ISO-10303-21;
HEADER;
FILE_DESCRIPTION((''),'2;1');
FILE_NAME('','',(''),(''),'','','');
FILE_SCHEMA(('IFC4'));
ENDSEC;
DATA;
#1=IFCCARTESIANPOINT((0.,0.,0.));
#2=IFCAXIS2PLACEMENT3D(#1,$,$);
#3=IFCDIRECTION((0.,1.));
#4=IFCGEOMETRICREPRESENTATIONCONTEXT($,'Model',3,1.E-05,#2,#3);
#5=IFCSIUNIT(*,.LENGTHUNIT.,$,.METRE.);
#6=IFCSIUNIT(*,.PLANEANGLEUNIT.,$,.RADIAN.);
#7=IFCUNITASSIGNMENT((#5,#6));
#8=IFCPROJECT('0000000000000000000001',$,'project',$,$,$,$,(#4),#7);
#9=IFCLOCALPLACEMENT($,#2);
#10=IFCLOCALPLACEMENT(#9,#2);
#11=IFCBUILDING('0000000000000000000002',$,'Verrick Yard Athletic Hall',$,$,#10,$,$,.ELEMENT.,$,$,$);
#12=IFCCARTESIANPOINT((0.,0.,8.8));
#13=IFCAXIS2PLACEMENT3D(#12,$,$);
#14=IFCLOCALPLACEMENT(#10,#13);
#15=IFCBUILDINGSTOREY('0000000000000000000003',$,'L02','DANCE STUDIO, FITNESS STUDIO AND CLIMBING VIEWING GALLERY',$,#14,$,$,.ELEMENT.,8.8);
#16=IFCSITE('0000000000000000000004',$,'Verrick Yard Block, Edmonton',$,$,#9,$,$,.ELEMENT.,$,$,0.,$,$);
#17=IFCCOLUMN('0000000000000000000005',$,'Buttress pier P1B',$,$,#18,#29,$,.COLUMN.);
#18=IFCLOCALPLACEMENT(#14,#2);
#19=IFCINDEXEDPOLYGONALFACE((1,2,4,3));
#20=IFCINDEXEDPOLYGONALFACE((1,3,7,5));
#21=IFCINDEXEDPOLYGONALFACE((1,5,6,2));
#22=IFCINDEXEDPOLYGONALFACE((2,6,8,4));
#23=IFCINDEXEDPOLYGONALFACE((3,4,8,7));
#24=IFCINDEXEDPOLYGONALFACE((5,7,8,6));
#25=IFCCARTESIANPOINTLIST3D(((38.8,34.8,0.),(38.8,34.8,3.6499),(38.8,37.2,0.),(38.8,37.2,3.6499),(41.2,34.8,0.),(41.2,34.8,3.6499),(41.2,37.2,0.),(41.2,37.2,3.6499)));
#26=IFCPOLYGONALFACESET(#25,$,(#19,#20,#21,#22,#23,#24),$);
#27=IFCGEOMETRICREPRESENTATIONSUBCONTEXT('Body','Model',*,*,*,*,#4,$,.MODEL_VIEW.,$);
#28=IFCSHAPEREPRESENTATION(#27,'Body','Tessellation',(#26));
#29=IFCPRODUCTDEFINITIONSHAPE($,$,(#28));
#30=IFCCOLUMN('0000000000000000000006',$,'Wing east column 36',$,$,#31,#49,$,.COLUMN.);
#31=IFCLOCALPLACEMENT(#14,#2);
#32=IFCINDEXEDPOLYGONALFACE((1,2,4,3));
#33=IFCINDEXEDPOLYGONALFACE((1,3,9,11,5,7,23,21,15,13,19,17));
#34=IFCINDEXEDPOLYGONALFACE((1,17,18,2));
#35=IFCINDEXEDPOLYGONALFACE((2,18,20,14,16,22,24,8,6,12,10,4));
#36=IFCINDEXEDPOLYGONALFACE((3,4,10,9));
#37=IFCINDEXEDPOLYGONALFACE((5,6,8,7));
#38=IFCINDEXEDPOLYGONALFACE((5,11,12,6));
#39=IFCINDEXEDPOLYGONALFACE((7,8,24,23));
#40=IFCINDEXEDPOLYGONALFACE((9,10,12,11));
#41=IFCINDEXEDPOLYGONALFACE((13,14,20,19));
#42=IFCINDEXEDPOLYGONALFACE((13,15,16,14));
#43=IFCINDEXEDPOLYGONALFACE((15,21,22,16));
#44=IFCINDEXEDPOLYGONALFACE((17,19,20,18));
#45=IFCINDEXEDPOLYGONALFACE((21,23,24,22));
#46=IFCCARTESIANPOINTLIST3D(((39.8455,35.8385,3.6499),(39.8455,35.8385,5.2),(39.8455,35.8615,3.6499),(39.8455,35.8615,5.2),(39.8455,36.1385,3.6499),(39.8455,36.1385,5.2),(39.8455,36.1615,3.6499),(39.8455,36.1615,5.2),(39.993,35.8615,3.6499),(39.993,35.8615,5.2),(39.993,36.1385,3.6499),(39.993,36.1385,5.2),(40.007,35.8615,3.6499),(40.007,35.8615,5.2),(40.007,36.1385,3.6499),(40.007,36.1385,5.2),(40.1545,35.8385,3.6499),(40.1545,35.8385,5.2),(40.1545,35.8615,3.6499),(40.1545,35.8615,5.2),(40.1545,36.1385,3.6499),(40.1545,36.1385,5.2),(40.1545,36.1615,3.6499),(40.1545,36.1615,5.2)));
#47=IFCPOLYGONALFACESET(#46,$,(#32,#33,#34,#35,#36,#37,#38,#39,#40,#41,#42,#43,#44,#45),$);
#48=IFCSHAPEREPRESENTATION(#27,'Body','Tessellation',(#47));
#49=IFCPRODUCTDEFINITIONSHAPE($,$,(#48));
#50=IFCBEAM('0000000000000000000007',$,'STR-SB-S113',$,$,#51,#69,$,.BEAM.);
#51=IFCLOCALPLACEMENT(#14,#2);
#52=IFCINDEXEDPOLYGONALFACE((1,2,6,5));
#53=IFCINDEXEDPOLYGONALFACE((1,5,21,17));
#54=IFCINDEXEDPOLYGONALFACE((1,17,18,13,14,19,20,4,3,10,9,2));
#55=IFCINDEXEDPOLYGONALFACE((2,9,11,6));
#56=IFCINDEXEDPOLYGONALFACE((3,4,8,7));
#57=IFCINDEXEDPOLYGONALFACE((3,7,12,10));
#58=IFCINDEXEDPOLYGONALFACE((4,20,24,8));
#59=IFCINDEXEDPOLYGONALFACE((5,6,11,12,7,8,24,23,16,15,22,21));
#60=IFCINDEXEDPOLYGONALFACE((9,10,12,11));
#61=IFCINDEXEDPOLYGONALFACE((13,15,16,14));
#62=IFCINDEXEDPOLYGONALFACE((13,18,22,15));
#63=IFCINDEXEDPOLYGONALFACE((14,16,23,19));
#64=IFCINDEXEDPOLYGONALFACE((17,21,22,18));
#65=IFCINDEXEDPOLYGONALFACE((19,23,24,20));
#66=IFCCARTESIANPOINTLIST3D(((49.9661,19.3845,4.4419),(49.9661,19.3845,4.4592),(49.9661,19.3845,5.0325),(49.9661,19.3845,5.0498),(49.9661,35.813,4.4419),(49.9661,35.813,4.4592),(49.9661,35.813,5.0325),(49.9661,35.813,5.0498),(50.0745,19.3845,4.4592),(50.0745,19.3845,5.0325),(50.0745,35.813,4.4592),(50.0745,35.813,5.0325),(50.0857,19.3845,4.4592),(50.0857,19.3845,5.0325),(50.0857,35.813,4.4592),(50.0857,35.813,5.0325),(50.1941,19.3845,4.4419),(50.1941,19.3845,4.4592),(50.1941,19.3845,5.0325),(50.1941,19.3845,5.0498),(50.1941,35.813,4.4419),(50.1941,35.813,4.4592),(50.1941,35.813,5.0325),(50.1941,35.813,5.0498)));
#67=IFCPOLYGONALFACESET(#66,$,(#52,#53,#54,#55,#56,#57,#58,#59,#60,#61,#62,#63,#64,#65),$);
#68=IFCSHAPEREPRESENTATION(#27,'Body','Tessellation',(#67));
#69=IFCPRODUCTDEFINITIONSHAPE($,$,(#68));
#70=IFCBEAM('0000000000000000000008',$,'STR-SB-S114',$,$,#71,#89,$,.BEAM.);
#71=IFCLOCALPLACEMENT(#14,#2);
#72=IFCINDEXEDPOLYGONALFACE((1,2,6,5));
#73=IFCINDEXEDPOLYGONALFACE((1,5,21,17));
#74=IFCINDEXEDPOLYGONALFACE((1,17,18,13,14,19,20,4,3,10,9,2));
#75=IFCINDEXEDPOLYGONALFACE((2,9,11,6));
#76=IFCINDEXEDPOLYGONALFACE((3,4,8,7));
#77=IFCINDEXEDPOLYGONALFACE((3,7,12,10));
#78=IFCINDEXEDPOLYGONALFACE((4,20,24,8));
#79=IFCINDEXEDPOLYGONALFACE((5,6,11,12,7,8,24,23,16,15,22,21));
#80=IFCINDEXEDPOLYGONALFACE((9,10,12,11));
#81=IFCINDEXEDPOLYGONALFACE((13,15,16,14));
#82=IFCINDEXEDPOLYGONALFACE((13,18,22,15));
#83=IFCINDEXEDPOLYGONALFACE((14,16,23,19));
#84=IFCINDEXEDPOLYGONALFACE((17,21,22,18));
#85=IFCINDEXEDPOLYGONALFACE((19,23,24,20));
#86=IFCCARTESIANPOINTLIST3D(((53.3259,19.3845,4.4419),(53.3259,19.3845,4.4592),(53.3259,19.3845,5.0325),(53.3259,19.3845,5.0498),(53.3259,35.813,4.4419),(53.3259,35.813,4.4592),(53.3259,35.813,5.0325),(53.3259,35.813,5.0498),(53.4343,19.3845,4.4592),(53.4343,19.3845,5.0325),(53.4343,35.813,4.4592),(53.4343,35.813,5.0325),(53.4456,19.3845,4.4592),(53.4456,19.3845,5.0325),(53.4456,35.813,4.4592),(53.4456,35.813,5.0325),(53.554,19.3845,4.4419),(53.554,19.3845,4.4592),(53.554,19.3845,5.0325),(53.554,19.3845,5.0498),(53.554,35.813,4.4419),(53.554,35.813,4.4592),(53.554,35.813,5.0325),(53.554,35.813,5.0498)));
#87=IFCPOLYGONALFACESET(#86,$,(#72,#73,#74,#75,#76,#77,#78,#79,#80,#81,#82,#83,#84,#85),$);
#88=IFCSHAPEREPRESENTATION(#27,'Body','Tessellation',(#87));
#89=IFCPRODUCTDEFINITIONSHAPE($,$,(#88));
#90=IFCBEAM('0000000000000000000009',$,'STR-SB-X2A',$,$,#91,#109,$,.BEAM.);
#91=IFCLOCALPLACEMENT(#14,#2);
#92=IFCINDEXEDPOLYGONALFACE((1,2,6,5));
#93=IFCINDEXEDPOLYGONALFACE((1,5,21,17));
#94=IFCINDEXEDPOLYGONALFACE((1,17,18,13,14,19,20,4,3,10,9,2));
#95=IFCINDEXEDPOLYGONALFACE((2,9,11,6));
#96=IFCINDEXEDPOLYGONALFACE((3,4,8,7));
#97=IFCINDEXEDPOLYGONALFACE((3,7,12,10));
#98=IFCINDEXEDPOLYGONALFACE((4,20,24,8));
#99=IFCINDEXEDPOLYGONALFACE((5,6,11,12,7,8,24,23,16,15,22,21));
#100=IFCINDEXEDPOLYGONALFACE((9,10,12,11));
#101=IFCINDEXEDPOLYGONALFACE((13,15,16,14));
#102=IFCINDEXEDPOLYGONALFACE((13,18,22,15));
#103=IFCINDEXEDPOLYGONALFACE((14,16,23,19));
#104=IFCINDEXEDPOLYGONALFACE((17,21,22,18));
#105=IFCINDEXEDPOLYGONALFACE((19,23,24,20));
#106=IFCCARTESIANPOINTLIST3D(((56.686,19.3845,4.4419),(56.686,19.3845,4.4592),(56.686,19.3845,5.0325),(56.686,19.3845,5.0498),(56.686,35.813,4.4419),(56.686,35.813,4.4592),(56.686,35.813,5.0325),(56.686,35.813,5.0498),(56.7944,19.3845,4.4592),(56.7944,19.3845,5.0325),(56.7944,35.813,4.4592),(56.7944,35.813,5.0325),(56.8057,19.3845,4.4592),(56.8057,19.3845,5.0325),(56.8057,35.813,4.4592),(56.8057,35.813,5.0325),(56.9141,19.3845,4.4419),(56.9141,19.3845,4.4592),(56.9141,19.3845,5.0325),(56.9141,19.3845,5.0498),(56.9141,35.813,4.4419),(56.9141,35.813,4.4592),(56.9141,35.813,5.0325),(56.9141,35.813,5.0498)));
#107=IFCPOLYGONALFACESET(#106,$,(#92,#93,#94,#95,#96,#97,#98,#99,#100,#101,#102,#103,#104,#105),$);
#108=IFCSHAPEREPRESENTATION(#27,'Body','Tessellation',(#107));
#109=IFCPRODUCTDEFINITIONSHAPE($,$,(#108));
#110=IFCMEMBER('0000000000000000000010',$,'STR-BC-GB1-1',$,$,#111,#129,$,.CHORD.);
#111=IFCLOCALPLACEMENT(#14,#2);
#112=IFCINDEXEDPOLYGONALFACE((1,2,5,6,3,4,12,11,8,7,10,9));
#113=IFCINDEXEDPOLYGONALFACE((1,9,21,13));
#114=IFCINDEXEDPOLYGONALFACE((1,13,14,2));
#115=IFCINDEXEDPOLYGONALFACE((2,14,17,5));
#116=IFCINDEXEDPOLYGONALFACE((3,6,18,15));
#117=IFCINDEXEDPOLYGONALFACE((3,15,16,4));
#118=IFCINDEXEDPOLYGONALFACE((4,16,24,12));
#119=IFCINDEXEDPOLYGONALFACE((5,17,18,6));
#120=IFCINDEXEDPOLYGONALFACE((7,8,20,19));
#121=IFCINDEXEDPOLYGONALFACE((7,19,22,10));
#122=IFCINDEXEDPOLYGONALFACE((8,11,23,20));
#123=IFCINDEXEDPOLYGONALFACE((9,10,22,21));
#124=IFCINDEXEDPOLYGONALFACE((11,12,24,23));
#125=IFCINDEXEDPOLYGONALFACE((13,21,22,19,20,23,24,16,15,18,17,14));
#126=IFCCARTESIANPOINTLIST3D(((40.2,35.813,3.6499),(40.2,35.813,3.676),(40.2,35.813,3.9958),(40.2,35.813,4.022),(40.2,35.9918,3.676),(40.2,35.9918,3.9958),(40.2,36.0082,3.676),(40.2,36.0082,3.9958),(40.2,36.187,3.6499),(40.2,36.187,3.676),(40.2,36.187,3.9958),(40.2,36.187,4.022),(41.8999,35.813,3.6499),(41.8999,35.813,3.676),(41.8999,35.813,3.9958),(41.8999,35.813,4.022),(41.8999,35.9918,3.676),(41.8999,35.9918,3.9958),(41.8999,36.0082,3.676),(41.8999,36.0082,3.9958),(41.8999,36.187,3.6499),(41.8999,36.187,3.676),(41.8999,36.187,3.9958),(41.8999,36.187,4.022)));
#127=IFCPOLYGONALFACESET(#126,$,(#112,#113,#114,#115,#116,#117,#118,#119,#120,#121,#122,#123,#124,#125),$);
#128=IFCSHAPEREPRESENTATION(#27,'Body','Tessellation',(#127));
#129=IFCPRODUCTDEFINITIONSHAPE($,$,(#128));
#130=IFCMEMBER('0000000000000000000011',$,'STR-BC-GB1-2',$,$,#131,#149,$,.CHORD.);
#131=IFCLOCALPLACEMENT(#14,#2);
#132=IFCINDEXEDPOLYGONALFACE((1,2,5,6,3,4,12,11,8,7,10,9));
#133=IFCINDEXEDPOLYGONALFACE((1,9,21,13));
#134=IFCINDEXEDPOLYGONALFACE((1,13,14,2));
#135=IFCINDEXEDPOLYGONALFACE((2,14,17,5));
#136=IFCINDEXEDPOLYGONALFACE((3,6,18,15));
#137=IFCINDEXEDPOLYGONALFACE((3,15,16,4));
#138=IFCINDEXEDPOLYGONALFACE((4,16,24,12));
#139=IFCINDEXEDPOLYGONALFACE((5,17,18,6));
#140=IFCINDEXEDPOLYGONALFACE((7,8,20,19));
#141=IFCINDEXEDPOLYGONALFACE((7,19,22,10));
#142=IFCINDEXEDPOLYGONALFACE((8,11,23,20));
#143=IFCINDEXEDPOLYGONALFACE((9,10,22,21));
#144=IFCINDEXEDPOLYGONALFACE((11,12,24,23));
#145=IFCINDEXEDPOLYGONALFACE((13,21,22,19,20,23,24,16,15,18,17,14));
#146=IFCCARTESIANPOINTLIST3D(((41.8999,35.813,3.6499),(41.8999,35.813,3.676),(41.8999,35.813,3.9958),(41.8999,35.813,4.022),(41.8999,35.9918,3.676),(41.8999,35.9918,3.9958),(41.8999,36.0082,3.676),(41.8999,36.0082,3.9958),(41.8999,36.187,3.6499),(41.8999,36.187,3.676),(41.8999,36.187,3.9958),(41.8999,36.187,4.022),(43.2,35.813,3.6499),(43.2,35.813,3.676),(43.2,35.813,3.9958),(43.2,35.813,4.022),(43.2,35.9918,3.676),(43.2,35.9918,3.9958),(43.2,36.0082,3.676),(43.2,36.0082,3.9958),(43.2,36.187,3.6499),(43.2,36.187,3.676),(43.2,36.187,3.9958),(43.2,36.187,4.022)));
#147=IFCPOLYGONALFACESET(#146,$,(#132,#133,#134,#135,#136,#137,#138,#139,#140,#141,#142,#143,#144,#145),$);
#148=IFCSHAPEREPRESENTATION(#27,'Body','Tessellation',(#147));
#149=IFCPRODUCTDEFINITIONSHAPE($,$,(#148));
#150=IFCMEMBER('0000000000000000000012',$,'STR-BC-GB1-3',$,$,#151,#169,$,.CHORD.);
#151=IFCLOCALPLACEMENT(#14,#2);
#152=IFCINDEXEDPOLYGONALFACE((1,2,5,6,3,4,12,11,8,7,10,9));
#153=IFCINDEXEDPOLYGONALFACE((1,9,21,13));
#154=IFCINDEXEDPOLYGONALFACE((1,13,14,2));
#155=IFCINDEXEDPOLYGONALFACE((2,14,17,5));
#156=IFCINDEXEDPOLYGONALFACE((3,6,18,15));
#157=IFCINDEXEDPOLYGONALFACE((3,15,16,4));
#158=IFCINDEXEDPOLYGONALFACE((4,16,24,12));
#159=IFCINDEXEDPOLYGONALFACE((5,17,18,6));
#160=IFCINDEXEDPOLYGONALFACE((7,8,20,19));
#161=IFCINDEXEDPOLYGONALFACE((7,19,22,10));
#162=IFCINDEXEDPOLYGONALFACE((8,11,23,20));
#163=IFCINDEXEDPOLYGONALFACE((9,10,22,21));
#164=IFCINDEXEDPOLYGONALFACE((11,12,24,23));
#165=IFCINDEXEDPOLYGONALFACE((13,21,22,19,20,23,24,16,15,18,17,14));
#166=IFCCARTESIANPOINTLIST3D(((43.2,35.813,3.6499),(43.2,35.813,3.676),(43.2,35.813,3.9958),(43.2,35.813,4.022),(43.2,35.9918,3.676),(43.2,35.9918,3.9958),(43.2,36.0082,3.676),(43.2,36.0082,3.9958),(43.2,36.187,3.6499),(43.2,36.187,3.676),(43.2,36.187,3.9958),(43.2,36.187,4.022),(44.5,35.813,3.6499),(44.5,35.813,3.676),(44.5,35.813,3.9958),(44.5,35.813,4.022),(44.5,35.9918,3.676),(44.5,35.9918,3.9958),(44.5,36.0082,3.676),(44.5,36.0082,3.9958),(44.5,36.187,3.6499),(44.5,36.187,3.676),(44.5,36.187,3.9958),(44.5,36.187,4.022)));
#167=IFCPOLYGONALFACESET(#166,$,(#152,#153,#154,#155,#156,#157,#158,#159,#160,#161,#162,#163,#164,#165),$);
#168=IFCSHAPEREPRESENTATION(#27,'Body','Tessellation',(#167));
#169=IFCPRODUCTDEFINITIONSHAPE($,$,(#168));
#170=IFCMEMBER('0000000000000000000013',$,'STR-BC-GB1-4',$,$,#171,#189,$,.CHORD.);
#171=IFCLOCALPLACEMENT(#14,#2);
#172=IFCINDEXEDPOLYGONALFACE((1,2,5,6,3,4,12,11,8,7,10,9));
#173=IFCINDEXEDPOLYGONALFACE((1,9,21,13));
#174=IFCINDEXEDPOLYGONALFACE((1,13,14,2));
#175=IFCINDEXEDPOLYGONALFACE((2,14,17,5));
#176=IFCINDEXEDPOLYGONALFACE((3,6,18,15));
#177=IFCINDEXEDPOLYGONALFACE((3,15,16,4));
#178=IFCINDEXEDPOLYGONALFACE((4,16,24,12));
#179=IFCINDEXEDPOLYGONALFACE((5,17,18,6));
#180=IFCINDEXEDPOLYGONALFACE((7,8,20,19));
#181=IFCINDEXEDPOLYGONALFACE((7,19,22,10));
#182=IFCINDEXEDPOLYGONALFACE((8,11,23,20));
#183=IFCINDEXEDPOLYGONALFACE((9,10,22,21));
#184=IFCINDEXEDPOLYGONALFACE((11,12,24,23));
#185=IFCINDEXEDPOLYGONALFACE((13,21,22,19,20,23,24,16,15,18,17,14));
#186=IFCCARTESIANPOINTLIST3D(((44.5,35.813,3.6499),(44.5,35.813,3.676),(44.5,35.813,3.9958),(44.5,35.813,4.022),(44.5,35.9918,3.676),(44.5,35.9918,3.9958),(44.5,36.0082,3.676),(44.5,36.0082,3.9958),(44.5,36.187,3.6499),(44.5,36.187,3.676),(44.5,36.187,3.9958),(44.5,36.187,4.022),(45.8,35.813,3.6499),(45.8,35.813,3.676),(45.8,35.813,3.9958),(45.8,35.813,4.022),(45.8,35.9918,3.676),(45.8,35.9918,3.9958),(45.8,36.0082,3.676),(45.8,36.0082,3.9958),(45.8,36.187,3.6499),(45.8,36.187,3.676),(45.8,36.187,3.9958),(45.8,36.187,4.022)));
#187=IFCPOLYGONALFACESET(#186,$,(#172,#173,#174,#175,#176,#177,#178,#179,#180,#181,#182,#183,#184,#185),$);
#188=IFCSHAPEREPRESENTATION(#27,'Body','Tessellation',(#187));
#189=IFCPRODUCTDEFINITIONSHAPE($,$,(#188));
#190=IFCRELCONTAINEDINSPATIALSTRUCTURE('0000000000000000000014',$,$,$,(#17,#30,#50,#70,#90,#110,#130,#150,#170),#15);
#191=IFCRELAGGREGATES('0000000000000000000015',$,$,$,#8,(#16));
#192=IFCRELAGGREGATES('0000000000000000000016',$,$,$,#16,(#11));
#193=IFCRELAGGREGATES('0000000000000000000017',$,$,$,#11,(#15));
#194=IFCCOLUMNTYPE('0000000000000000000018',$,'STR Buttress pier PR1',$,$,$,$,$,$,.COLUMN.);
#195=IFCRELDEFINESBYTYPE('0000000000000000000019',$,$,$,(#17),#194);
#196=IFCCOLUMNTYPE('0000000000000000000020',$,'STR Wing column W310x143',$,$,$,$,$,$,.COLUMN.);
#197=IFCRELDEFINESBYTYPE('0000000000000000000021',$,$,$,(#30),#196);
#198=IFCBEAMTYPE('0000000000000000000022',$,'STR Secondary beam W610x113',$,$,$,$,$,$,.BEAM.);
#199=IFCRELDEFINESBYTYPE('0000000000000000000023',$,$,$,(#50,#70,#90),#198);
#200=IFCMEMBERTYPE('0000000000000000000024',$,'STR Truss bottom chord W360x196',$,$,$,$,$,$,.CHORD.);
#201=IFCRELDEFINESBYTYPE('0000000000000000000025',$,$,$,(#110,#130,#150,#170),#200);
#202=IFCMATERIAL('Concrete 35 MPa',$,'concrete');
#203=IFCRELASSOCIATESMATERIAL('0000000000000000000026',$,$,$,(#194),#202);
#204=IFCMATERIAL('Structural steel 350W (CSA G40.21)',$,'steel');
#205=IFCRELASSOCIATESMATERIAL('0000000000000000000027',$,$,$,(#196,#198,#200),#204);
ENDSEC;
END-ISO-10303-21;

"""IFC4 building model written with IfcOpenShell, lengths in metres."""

from ifc_helpers import new_model, si_unit, direction, frame, origin, origin_2d, place, context, subcontext, project, spatial, rectangle, i_section, extrude, material, material_profile, profile_set, type_object, element, save


model = new_model("IFC4")

# Units and contexts
model_context = context("Model", 3, precision=1e-05, world=origin(), true_north=direction((0.0, 1.0)))
body_context = subcontext(model_context, "Body", "Model", "MODEL_VIEW")
ifc_project = project(units=[si_unit("LENGTHUNIT", "METRE"), si_unit("PLANEANGLEUNIT", "RADIAN")], contexts=[model_context])

# Site, building, storey
site_placement = place(None, origin())
site = spatial("IfcSite", under=ifc_project, at=site_placement, Name="Verrick Yard Block, Edmonton", CompositionType="ELEMENT", RefElevation=0.0)
building_placement = place(site_placement, origin())
building = spatial("IfcBuilding", under=site, at=building_placement, Name="Verrick Yard Athletic Hall", CompositionType="ELEMENT")
storey_placement = place(building_placement, frame((0.0, 0.0, 8.8)))
storey = spatial("IfcBuildingStorey", under=building, at=storey_placement, Name="L02", Description="DANCE STUDIO, FITNESS STUDIO AND CLIMBING VIEWING GALLERY", CompositionType="ELEMENT", Elevation=8.8)

# Columns
ifc_material_1 = material(Name="Concrete 35 MPa", Category="concrete")
ifc_material_profile_1 = material_profile(ifc_material_1, rectangle(XDim=2.3999, YDim=2.3999, at=origin_2d()), Name="STR Buttress pier PR1")
ifc_profile_set_1 = profile_set([ifc_material_profile_1], Name="Concrete 35 MPa")
column_type_1 = type_object("IfcColumnType", Name="STR Buttress pier PR1", PredefinedType="COLUMN", material=ifc_profile_set_1)
column_1_placement = place(storey_placement, frame((40.0, 36.0, 0.0), z_axis=(0.0, 0.0, 1.0), x_axis=(1.0, 0.0, 0.0)))
element("IfcColumn", 1, at=column_1_placement, inside=storey, type_object=column_type_1, Name="Buttress pier P1B", PredefinedType="COLUMN", context=body_context, shape_type="SweptSolid", body=[
    extrude(rectangle(XDim=2.3999, YDim=2.3999, at=origin_2d()), origin(), (0.0, 0.0, 1.0), 3.6499),
])
ifc_material_2 = material(Name="Structural steel 350W (CSA G40.21)", Category="steel")
ifc_material_profile_2 = material_profile(ifc_material_2, i_section(OverallWidth=0.3091, OverallDepth=0.323, WebThickness=0.0139, FlangeThickness=0.0229, at=origin_2d()), Name="W310x143")
ifc_profile_set_2 = profile_set([ifc_material_profile_2], Name="Structural steel 350W (CSA G40.21)")
column_type_2 = type_object("IfcColumnType", Name="STR Wing column W310x143", PredefinedType="COLUMN", material=ifc_profile_set_2)
column_2_placement = place(storey_placement, frame((40.0, 36.0, 3.6499), z_axis=(0.0, 0.0, 1.0), x_axis=(1.0, 0.0, 0.0)))
element("IfcColumn", 2, at=column_2_placement, inside=storey, type_object=column_type_2, Name="Wing east column 36", PredefinedType="COLUMN", context=body_context, shape_type="SweptSolid", body=[
    extrude(i_section(OverallWidth=0.3091, OverallDepth=0.323, WebThickness=0.0139, FlangeThickness=0.0229, at=origin_2d()), origin(), (0.0, 0.0, 1.0), 1.55),
])

# Beams
ifc_material_profile_3 = material_profile(ifc_material_2, i_section(OverallWidth=0.228, OverallDepth=0.6079, WebThickness=0.0112, FlangeThickness=0.0173, at=origin_2d()), Name="W610x113")
ifc_profile_set_3 = profile_set([ifc_material_profile_3], Name="Structural steel 350W (CSA G40.21)")
beam_type = type_object("IfcBeamType", Name="STR Secondary beam W610x113", PredefinedType="BEAM", material=ifc_profile_set_3)
for number, where, z_axis, x_axis, name in (
    (3, (50.0801, 19.3845, 4.7458), (0.0, 1.0, 0.0), (-1.0, 0.0, 0.0), "STR-SB-S113"),
    (4, (53.4399, 19.3845, 4.7458), (0.0, 1.0, 0.0), (-1.0, 0.0, 0.0), "STR-SB-S114"),
    (5, (56.8, 19.3845, 4.7458), (0.0, 1.0, 0.0), (-1.0, 0.0, 0.0), "STR-SB-X2A"),
):
    element("IfcBeam", number, at=place(storey_placement, frame(where, z_axis=z_axis, x_axis=x_axis)), inside=storey, type_object=beam_type, Name=name, PredefinedType="BEAM", context=body_context, shape_type="SweptSolid", body=[
        extrude(i_section(OverallWidth=0.228, OverallDepth=0.6079, WebThickness=0.0112, FlangeThickness=0.0173, at=origin_2d()), origin(), (0.0, 0.0, 1.0), 16.4285),
    ])

# Members
ifc_material_profile_4 = material_profile(ifc_material_2, i_section(OverallWidth=0.374, OverallDepth=0.3721, WebThickness=0.0164, FlangeThickness=0.0261, at=origin_2d()), Name="W360x196")
ifc_profile_set_4 = profile_set([ifc_material_profile_4], Name="Structural steel 350W (CSA G40.21)")
member_type_1 = type_object("IfcMemberType", Name="STR Truss bottom chord W360x196", PredefinedType="CHORD", material=ifc_profile_set_4)
member_1_placement = place(storey_placement, frame((40.2, 36.0, 3.8359), z_axis=(1.0, 0.0, 0.0), x_axis=(0.0, 1.0, 0.0)))
element("IfcMember", 6, at=member_1_placement, inside=storey, type_object=member_type_1, Name="STR-BC-GB1-1", PredefinedType="CHORD", context=body_context, shape_type="SweptSolid", body=[
    extrude(i_section(OverallWidth=0.374, OverallDepth=0.3721, WebThickness=0.0164, FlangeThickness=0.0261, at=origin_2d()), origin(), (0.0, 0.0, 1.0), 1.7),
])
for number, where, z_axis, x_axis, name in (
    (7, (41.8999, 36.0, 3.8359), (1.0, 0.0, 0.0), (0.0, 1.0, 0.0), "STR-BC-GB1-2"),
    (8, (43.2, 36.0, 3.8359), (1.0, 0.0, 0.0), (0.0, 1.0, 0.0), "STR-BC-GB1-3"),
    (9, (44.5, 36.0, 3.8359), (1.0, 0.0, 0.0), (0.0, 1.0, 0.0), "STR-BC-GB1-4"),
):
    element("IfcMember", number, at=place(storey_placement, frame(where, z_axis=z_axis, x_axis=x_axis)), inside=storey, type_object=member_type_1, Name=name, PredefinedType="CHORD", context=body_context, shape_type="SweptSolid", body=[
        extrude(i_section(OverallWidth=0.374, OverallDepth=0.3721, WebThickness=0.0164, FlangeThickness=0.0261, at=origin_2d()), origin(), (0.0, 0.0, 1.0), 1.3),
    ])

save(model, "model.ifc")
